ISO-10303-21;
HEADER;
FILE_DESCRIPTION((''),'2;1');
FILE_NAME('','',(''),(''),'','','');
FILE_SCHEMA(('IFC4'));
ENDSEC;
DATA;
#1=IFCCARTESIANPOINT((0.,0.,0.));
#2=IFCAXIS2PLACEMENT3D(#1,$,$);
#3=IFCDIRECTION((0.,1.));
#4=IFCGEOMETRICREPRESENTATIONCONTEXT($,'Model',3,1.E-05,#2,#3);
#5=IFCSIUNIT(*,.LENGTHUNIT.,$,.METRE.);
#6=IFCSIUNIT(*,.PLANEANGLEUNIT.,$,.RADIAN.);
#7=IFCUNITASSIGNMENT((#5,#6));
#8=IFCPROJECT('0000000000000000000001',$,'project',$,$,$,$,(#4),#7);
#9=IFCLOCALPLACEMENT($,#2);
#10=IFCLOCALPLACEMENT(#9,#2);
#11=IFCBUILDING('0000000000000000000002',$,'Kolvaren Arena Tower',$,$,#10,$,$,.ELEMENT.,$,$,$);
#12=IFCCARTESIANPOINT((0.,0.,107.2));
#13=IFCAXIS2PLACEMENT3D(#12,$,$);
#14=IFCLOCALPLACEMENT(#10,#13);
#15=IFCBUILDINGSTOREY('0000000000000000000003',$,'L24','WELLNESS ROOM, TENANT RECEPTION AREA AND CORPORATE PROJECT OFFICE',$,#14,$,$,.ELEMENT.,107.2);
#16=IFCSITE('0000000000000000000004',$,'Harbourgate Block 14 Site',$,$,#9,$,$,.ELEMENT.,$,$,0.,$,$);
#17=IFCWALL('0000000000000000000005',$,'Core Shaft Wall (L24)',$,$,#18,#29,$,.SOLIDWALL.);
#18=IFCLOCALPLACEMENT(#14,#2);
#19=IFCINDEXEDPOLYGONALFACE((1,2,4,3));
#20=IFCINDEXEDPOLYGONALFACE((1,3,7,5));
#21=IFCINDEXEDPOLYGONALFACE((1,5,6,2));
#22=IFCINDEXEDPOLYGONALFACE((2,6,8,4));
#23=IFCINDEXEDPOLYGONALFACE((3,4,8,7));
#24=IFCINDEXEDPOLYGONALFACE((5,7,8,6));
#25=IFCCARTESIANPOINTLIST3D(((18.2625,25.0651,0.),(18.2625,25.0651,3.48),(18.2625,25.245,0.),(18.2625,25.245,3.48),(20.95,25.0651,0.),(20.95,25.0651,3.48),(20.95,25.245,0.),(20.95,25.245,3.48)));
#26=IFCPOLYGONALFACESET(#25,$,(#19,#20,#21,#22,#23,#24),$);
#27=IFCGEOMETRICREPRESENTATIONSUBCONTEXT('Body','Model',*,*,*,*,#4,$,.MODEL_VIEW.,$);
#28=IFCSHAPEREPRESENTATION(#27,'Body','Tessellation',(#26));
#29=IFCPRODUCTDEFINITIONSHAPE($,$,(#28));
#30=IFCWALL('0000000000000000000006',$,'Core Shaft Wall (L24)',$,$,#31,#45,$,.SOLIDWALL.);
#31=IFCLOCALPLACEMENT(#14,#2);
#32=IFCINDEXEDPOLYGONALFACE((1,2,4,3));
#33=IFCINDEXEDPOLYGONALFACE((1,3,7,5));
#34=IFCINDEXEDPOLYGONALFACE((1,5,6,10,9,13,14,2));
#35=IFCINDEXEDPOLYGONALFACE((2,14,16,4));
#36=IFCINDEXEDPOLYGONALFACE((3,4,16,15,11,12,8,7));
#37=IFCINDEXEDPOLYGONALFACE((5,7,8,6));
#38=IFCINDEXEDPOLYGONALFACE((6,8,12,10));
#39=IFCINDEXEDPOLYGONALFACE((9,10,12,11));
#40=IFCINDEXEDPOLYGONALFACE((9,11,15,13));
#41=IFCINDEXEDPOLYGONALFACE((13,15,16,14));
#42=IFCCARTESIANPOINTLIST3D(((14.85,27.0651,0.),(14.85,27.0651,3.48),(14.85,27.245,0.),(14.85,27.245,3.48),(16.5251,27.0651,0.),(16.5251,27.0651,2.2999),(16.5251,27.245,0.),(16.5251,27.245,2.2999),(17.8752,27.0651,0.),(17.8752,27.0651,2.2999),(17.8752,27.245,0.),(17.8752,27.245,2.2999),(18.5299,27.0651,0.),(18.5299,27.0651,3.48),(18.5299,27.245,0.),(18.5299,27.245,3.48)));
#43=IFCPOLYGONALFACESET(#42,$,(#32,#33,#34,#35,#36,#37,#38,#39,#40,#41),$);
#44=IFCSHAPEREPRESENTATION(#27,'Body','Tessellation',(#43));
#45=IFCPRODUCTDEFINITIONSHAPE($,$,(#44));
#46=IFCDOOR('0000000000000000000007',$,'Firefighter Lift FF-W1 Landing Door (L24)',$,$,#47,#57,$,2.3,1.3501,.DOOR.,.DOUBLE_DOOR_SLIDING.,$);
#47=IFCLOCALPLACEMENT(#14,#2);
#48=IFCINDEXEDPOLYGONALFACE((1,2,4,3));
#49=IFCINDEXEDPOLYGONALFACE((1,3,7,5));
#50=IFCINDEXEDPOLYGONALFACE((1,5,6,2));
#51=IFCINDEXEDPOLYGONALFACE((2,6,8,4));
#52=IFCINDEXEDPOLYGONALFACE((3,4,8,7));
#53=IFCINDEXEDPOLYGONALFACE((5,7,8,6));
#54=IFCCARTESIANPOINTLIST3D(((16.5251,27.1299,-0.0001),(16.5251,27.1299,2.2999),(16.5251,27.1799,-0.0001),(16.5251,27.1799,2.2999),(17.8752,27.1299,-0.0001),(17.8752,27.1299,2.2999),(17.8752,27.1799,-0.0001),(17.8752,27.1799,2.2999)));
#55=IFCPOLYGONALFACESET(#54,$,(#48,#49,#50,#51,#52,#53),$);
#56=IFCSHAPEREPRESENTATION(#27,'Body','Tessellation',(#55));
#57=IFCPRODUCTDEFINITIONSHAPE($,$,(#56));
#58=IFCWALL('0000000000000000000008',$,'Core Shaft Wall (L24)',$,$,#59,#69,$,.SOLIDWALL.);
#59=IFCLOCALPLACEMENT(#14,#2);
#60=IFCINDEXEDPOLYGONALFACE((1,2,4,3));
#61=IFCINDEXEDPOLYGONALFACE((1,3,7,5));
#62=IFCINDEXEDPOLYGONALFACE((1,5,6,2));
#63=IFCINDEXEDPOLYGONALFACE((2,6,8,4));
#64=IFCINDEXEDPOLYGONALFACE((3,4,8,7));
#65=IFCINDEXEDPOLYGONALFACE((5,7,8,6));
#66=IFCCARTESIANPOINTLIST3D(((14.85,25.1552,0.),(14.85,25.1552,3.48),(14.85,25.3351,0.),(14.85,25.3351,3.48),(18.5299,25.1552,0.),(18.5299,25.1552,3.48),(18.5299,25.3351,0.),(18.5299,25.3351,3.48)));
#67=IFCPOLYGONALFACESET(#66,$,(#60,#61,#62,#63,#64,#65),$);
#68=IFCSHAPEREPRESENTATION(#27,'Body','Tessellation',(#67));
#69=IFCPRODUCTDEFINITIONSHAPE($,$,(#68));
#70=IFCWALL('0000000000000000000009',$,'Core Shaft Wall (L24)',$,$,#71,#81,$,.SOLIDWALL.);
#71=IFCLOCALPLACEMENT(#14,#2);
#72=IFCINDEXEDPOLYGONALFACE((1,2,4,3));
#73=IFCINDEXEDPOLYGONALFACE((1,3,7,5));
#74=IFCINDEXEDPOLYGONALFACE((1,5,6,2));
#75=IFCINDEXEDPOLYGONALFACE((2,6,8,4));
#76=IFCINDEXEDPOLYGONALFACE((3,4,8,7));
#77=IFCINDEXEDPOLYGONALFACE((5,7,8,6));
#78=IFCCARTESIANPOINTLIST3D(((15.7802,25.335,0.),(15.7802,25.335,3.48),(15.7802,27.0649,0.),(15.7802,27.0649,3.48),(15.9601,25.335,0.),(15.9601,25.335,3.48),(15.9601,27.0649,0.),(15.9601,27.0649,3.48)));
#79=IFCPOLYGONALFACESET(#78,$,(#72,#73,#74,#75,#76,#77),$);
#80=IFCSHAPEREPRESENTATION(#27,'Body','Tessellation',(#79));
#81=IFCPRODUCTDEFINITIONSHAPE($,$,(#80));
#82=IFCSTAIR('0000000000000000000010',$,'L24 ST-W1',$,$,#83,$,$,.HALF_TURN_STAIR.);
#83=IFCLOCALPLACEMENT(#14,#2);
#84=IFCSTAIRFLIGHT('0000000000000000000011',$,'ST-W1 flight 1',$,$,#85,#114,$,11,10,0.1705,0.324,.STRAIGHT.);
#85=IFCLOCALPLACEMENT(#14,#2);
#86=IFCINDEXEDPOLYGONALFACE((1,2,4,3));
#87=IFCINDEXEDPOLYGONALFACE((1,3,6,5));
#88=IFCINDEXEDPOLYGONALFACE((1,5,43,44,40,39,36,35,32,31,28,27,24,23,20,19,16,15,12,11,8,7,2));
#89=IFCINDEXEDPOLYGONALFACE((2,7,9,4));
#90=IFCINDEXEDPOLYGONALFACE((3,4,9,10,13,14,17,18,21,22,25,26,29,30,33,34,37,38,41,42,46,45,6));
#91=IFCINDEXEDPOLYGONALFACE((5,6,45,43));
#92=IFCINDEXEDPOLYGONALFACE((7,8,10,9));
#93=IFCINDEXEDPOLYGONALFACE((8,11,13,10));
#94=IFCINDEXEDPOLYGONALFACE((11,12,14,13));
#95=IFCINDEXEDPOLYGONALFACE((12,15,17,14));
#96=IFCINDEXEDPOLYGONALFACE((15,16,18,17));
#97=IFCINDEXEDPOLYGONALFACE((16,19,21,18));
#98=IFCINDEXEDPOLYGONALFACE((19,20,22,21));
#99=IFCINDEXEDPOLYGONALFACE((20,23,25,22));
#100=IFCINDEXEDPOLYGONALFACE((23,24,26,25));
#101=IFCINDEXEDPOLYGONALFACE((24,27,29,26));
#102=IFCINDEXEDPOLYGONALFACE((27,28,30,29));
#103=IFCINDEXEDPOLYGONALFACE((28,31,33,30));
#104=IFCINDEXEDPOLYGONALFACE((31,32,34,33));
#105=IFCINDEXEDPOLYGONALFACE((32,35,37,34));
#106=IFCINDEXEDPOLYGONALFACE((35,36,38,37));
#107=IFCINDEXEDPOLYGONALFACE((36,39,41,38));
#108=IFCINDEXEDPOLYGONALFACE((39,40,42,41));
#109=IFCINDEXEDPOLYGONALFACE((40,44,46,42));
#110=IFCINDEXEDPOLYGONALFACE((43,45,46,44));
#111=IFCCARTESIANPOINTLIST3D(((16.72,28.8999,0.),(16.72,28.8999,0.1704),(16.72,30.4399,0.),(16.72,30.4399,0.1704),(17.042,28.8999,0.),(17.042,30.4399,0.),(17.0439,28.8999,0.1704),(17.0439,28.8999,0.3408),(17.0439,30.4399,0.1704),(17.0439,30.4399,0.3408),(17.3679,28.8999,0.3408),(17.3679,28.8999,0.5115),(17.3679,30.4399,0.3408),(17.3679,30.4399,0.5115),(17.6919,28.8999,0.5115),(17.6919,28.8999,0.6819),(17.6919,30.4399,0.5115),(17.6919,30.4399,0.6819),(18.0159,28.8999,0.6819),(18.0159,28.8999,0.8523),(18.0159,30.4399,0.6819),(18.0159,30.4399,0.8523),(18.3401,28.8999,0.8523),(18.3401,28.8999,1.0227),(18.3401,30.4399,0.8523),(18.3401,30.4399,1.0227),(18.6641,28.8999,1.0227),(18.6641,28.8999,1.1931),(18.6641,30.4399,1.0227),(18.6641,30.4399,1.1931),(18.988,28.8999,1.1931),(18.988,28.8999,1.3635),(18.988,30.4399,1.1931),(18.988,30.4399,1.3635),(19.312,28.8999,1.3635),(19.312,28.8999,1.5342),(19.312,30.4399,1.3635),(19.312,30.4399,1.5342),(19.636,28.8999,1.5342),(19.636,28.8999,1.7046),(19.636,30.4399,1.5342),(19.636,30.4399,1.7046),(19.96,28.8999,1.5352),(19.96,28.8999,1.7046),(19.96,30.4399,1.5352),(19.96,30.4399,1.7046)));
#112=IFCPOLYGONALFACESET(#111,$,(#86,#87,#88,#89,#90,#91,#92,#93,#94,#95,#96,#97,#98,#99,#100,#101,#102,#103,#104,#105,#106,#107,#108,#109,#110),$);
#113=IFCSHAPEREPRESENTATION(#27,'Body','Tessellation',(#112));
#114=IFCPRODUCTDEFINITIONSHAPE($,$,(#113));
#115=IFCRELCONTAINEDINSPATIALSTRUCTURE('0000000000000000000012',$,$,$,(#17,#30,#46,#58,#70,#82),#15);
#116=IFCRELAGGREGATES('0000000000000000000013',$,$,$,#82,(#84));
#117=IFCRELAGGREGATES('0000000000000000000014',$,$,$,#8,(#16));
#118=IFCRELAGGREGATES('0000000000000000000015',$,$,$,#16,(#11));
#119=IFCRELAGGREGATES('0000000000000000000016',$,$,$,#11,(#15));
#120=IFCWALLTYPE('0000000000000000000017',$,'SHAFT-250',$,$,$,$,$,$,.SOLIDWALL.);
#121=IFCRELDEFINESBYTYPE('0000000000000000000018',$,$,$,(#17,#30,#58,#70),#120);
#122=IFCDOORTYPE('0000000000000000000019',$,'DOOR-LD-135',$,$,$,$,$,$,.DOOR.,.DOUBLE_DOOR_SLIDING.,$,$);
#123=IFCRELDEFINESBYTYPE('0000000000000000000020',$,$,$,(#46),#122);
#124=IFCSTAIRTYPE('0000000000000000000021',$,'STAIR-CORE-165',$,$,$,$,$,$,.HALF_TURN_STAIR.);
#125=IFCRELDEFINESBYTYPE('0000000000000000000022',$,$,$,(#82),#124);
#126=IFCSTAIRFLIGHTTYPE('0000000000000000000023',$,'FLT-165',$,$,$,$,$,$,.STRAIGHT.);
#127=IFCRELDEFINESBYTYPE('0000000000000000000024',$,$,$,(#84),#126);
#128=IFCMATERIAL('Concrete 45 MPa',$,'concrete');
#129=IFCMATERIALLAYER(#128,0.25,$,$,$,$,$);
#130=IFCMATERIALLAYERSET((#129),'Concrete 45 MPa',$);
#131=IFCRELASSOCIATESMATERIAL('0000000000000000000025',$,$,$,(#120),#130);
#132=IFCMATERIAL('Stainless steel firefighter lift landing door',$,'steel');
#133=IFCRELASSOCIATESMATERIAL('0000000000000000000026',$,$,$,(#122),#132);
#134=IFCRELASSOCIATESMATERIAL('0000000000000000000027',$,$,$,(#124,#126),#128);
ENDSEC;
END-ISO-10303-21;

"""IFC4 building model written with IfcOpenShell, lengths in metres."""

from ifc_helpers import new_model, si_unit, direction, frame, frame_2d, origin, place, context, subcontext, project, spatial, polyline, rectangle, outline, extrude, material, layer, layer_set, type_object, element, fill, aggregate, save


model = new_model("IFC4")

# Units and contexts
model_context = context("Model", 3, precision=1e-05, world=origin(), true_north=direction((0.0, 1.0)))
body_context = subcontext(model_context, "Body", "Model", "MODEL_VIEW")
ifc_project = project(units=[si_unit("LENGTHUNIT", "METRE"), si_unit("PLANEANGLEUNIT", "RADIAN")], contexts=[model_context])

# Site, building, storey
site_placement = place(None, origin())
site = spatial("IfcSite", under=ifc_project, at=site_placement, Name="Harbourgate Block 14 Site", CompositionType="ELEMENT", RefElevation=0.0)
building_placement = place(site_placement, origin())
building = spatial("IfcBuilding", under=site, at=building_placement, Name="Kolvaren Arena Tower", CompositionType="ELEMENT")
storey_placement = place(building_placement, frame((0.0, 0.0, 107.2)))
storey = spatial("IfcBuildingStorey", under=building, at=storey_placement, Name="L24", Description="WELLNESS ROOM, TENANT RECEPTION AREA AND CORPORATE PROJECT OFFICE", CompositionType="ELEMENT", Elevation=107.2)

# Wall
ifc_material_1 = material(Name="Concrete 45 MPa", Category="concrete")
ifc_layer = layer(ifc_material_1, 0.25)
ifc_layer_set = layer_set([ifc_layer], Name="Concrete 45 MPa")
wall_type = type_object("IfcWallType", Name="SHAFT-250", PredefinedType="SOLIDWALL", material=ifc_layer_set)
wall_1_placement = place(storey_placement, frame((18.2625, 25.155, 0.0), z_axis=(0.0, 0.0, 1.0), x_axis=(1.0, 0.0, 0.0)))
element("IfcWall", 1, at=wall_1_placement, inside=storey, type_object=wall_type, Name="Core Shaft Wall (L24)", PredefinedType="SOLIDWALL", context=body_context, shape_type="SweptSolid", body=[
    extrude(rectangle(XDim=2.6875, YDim=0.1799, at=frame_2d((1.3438, 0.0))), origin(), (0.0, 0.0, 1.0), 3.48),
])

# Wall, opening, door
wall_2_placement = place(storey_placement, frame((14.8501, 27.155, 0.0), z_axis=(0.0, 0.0, 1.0), x_axis=(1.0, 0.0, 0.0)))
wall_2 = element("IfcWall", 2, at=wall_2_placement, inside=storey, type_object=wall_type, Name="Core Shaft Wall (L24)", PredefinedType="SOLIDWALL", context=body_context, shape_type="SweptSolid", body=[
    extrude(rectangle(XDim=3.6799, YDim=0.1799, at=frame_2d((1.8398, 0.0))), origin(), (0.0, 0.0, 1.0), 3.48),
])
opening_placement = place(wall_2_placement, frame((1.675, 0.0, 0.0)))
opening = element("IfcOpeningElement", 3, at=opening_placement, cuts=wall_2, PredefinedType="OPENING", context=body_context, shape_type="SweptSolid", body=[
    extrude(rectangle(XDim=1.3501, YDim=2.3, at=frame_2d((0.675, 1.1499))), frame((0.0, 0.0999, 0.0), z_axis=(0.0, -1.0, 0.0), x_axis=(1.0, 0.0, 0.0)), (0.0, 0.0, 1.0), 0.2),
])
ifc_material_2 = material(Name="Stainless steel firefighter lift landing door", Category="steel")
door_type = type_object("IfcDoorType", Name="DOOR-LD-135", OperationType="DOUBLE_DOOR_SLIDING", PredefinedType="DOOR", material=ifc_material_2)
door_placement = place(opening_placement, origin())
door = element("IfcDoor", 4, at=door_placement, inside=storey, type_object=door_type, Name="Firefighter Lift FF-W1 Landing Door (L24)", OperationType="DOUBLE_DOOR_SLIDING", OverallHeight=2.3, OverallWidth=1.3501, PredefinedType="DOOR", context=body_context, shape_type="SweptSolid", body=[
    extrude(rectangle(XDim=1.3501, YDim=2.3, at=frame_2d((0.675, 1.1499))), frame((0.0, 0.0249, 0.0), z_axis=(0.0, -1.0, 0.0), x_axis=(1.0, 0.0, 0.0)), (0.0, 0.0, 1.0), 0.05),
])
fill(opening, door)

# Walls
wall_3_placement = place(storey_placement, frame((14.8501, 25.2451, 0.0), z_axis=(0.0, 0.0, 1.0), x_axis=(1.0, 0.0, 0.0)))
element("IfcWall", 5, at=wall_3_placement, inside=storey, type_object=wall_type, Name="Core Shaft Wall (L24)", PredefinedType="SOLIDWALL", context=body_context, shape_type="SweptSolid", body=[
    extrude(rectangle(XDim=3.6799, YDim=0.1799, at=frame_2d((1.8398, 0.0))), origin(), (0.0, 0.0, 1.0), 3.48),
])
wall_4_placement = place(storey_placement, frame((15.8701, 25.335, 0.0), z_axis=(0.0, 0.0, 1.0), x_axis=(0.0, 1.0, 0.0)))
element("IfcWall", 6, at=wall_4_placement, inside=storey, type_object=wall_type, Name="Core Shaft Wall (L24)", PredefinedType="SOLIDWALL", context=body_context, shape_type="SweptSolid", body=[
    extrude(rectangle(XDim=1.73, YDim=0.1799, at=frame_2d((0.865, 0.0))), origin(), (0.0, 0.0, 1.0), 3.48),
])

# Stair, stair flight
stair_type = type_object("IfcStairType", Name="STAIR-CORE-165", PredefinedType="HALF_TURN_STAIR", material=ifc_material_1)
stair_placement = place(storey_placement, origin())
stair = element("IfcStair", 7, at=stair_placement, inside=storey, type_object=stair_type, Name="L24 ST-W1", PredefinedType="HALF_TURN_STAIR")
stair_flight_type = type_object("IfcStairFlightType", Name="FLT-165", PredefinedType="STRAIGHT", material=ifc_material_1)
stair_flight_placement = place(storey_placement, frame((16.72, 29.6699, 0.0), z_axis=(0.0, 0.0, 1.0), x_axis=(1.0, 0.0, 0.0)))
stair_flight = element("IfcStairFlight", 8, at=stair_flight_placement, type_object=stair_flight_type, Name="ST-W1 flight 1", NumberOfRisers=11, NumberOfTreads=10, PredefinedType="STRAIGHT", RiserHeight=0.1705, TreadLength=0.324, context=body_context, shape_type="SweptSolid", body=[
    extrude(outline(polyline([(0.0, 0.0), (0.0, 0.1704), (0.324, 0.1704), (0.324, 0.3408), (0.6479, 0.3408), (0.6479, 0.5115), (0.9719, 0.5115), (0.9719, 0.6819), (1.2959, 0.6819), (1.2959, 0.8523), (1.6201, 0.8523), (1.6201, 1.0227), (1.9441, 1.0227), (1.9441, 1.1931), (2.2681, 1.1931), (2.2681, 1.3635), (2.592, 1.3635), (2.592, 1.5342), (2.916, 1.5342), (2.916, 1.7046), (3.24, 1.7046), (3.24, 1.875), (3.24, 1.5352), (0.322, 0.0), (0.0, 0.0)])), frame((0.0, 0.77, 0.0), z_axis=(0.0, -1.0, 0.0), x_axis=(1.0, 0.0, 0.0)), (0.0, 0.0, 1.0), 1.54),
])
aggregate(stair, [stair_flight])

save(model, "model.ifc")
